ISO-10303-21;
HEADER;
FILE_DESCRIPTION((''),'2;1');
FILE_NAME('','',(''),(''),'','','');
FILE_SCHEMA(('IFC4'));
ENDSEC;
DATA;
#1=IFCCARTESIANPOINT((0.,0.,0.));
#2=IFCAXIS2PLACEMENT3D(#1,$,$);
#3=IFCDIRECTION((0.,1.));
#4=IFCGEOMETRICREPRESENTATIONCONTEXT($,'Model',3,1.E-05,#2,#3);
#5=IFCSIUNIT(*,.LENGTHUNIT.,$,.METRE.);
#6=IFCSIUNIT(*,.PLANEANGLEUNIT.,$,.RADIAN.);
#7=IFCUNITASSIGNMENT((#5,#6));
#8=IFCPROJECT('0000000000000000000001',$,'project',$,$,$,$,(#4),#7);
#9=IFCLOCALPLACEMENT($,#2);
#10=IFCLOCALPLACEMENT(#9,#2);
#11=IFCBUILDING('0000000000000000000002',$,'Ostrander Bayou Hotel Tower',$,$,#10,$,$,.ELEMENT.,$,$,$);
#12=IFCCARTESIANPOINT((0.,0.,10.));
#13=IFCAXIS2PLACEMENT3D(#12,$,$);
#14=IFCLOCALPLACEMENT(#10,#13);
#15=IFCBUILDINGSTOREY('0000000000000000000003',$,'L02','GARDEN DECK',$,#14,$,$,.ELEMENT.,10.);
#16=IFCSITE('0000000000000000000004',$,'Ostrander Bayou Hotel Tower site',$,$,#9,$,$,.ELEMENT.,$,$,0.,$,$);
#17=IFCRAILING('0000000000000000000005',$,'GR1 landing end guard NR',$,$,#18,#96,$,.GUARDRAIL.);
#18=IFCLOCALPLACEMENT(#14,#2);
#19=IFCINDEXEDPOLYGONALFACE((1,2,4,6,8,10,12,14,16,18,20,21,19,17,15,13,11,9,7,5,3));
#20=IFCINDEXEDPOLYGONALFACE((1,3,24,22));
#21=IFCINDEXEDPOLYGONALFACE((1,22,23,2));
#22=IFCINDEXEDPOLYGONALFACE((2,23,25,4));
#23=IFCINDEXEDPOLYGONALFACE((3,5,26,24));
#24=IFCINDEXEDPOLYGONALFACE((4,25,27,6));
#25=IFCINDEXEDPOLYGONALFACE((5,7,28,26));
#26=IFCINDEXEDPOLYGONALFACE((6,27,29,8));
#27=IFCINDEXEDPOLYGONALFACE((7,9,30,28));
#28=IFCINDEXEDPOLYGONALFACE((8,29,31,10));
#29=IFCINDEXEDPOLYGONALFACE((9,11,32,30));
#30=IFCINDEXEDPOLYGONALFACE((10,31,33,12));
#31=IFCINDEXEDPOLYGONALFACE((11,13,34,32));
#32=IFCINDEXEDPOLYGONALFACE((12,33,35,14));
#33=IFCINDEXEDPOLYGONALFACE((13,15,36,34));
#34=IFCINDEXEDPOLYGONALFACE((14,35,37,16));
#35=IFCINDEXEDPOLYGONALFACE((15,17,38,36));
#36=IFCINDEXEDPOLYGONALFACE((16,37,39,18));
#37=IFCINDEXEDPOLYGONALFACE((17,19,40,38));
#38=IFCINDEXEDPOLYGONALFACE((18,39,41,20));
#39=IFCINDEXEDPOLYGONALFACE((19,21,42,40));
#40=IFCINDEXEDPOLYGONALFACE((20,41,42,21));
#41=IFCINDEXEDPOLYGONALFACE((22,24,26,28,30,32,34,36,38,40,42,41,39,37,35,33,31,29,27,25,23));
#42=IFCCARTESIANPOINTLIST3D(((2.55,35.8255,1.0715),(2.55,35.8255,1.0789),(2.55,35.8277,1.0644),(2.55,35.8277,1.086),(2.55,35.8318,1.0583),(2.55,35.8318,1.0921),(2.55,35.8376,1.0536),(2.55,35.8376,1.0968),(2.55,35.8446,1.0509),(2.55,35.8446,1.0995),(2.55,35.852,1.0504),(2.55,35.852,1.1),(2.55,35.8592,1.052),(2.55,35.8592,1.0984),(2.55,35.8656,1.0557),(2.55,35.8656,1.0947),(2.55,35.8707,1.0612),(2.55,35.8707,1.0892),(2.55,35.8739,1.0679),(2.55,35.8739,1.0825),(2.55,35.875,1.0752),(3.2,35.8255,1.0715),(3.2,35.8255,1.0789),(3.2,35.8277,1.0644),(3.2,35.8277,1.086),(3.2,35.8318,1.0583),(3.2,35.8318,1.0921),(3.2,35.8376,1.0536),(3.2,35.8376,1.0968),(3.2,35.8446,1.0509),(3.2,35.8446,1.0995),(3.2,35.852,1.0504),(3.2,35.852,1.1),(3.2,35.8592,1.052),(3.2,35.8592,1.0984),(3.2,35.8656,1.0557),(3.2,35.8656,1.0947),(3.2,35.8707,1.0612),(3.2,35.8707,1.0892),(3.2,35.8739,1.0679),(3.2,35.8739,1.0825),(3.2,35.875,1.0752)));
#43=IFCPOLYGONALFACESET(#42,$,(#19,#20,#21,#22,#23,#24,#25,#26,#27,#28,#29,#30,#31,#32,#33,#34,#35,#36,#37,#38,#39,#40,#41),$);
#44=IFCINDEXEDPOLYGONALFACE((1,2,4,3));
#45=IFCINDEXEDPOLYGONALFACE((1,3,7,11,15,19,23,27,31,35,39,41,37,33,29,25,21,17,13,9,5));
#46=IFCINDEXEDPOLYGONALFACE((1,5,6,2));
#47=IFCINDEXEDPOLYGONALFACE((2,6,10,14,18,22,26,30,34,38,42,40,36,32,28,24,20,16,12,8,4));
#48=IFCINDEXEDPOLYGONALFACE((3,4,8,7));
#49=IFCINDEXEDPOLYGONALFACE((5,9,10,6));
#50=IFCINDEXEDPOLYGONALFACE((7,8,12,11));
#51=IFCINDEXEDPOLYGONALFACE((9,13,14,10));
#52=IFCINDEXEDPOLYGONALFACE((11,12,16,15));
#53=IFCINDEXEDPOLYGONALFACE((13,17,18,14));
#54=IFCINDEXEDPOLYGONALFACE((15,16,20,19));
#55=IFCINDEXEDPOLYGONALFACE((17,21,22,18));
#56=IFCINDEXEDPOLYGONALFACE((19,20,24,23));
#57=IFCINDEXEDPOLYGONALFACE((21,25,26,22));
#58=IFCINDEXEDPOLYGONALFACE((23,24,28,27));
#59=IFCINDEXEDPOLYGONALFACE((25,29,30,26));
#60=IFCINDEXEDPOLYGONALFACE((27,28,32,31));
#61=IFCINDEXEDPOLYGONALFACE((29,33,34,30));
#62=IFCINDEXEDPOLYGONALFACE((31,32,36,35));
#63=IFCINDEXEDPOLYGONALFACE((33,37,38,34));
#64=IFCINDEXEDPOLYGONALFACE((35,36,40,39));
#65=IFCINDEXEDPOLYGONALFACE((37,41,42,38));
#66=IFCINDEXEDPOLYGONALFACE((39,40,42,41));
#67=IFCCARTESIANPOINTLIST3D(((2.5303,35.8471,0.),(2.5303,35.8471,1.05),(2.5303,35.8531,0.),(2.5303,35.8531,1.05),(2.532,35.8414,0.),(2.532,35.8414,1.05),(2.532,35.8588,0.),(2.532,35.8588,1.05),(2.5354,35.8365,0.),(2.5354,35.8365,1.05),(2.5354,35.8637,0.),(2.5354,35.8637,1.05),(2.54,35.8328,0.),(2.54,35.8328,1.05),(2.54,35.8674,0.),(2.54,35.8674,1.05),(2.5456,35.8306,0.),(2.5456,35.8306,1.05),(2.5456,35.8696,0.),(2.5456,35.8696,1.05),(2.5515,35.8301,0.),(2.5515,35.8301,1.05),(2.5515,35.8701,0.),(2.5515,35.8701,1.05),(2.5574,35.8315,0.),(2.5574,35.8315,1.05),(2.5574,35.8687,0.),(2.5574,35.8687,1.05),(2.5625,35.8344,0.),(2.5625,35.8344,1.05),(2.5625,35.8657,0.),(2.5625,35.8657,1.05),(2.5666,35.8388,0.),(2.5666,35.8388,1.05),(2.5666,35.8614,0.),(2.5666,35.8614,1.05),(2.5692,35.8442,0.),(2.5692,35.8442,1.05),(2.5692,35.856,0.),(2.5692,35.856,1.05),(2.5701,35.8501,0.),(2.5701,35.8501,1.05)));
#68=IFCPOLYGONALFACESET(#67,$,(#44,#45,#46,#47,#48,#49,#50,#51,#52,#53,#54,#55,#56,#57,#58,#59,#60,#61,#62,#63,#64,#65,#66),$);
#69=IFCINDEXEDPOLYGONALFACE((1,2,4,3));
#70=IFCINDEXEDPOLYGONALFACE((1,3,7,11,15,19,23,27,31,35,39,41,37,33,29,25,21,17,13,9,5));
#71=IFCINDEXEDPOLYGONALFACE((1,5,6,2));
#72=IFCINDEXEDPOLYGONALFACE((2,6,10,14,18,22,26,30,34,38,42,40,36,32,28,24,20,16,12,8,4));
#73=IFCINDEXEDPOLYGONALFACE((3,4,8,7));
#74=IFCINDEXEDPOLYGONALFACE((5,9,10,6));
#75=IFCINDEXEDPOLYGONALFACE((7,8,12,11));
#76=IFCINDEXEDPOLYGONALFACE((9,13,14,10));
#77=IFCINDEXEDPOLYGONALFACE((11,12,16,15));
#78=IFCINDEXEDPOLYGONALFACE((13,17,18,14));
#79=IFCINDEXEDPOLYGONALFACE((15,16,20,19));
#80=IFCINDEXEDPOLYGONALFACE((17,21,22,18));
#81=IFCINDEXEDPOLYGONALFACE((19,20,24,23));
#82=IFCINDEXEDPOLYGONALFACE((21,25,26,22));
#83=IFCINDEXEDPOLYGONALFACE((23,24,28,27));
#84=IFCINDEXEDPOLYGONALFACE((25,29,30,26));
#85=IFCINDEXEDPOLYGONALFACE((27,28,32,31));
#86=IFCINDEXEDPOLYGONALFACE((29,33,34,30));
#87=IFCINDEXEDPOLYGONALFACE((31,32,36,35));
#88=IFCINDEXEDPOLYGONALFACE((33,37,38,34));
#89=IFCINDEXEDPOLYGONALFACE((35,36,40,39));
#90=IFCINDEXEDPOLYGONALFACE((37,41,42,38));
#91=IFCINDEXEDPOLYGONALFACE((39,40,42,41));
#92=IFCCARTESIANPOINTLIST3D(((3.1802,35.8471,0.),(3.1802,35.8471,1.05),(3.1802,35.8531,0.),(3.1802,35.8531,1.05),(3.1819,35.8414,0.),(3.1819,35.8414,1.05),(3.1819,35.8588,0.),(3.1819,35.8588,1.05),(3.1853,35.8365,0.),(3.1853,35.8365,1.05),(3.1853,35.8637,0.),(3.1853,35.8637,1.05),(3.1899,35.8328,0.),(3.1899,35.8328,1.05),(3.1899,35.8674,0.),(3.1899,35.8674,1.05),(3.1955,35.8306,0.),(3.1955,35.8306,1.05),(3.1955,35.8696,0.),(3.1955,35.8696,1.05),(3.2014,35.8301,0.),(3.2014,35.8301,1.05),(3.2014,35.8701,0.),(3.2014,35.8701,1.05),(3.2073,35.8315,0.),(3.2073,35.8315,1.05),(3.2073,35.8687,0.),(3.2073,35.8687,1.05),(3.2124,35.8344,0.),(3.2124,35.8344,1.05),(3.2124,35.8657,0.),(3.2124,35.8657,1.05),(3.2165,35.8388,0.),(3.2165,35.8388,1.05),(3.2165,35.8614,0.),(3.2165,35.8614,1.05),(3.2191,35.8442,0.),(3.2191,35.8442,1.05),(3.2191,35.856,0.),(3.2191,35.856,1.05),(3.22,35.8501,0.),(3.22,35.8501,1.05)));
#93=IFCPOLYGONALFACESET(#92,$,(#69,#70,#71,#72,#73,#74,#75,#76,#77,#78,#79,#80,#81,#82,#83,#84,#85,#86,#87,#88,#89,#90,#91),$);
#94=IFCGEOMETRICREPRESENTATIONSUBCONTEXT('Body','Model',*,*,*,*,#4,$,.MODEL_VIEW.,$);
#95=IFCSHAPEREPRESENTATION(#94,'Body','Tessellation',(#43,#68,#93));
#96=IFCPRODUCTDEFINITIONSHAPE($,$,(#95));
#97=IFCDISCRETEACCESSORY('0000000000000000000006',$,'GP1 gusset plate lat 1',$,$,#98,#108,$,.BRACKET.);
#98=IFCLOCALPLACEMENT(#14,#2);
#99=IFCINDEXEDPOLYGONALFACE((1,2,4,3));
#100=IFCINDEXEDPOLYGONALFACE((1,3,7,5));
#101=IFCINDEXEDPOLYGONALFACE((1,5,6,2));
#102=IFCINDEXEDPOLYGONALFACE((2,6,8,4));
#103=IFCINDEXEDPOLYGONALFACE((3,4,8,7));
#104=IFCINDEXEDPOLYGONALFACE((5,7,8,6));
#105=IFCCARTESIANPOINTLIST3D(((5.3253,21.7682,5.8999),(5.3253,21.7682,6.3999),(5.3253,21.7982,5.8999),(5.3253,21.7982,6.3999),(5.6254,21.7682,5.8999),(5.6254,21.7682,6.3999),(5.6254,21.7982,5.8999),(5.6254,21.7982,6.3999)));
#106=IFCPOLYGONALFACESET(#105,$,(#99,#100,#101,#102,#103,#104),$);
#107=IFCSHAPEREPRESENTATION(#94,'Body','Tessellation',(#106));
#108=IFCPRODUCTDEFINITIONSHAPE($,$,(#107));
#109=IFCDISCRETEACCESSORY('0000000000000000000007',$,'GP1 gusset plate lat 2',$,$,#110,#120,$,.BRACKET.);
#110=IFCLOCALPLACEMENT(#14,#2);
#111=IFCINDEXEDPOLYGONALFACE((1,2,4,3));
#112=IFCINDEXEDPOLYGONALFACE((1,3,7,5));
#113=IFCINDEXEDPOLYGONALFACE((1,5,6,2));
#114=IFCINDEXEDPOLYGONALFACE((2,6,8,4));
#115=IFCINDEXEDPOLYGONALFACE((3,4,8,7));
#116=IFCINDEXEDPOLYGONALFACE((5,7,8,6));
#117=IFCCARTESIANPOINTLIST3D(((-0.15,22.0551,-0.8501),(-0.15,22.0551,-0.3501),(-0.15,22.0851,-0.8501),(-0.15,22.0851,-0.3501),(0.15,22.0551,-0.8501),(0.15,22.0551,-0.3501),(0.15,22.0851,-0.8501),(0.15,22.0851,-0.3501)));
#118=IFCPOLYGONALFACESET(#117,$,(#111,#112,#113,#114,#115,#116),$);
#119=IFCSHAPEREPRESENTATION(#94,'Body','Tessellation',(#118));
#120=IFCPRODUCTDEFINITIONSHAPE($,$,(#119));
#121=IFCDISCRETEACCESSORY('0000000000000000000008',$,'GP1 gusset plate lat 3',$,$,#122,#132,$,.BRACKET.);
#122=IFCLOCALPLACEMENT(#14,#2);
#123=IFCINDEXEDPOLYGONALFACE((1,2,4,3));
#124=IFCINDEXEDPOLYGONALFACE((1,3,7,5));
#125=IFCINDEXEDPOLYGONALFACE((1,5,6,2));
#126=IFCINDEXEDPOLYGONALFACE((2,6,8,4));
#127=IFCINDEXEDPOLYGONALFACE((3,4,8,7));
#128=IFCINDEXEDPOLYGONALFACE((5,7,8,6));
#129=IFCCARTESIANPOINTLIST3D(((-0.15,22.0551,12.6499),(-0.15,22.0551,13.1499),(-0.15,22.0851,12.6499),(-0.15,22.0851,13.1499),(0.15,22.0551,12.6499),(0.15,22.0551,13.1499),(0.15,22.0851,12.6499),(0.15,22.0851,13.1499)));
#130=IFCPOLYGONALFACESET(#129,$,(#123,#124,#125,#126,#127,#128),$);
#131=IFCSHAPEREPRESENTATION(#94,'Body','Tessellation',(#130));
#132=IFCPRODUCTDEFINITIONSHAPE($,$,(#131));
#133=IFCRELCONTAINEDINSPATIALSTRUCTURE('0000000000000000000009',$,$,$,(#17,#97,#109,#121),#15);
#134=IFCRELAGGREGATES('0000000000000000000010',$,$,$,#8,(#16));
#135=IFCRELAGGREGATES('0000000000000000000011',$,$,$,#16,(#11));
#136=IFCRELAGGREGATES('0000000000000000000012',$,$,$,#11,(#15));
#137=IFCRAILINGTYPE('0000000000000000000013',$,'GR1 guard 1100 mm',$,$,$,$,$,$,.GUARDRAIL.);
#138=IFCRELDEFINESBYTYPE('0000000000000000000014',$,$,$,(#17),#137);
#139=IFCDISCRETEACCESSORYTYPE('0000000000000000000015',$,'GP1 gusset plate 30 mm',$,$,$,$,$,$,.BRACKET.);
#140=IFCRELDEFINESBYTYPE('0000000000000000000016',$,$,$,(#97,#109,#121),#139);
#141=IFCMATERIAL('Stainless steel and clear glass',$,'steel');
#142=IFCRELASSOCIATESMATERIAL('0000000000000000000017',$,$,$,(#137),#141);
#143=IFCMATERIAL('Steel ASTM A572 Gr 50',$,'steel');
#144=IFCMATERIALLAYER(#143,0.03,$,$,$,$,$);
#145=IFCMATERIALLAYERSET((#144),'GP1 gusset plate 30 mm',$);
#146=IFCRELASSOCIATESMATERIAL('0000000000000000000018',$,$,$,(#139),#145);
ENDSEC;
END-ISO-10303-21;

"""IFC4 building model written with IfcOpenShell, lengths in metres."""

from ifc_helpers import new_model, si_unit, direction, frame, origin, origin_2d, place, context, subcontext, project, spatial, rectangle, circle, extrude, material, layer, layer_set, type_object, element, save


model = new_model("IFC4")

# Units and contexts
model_context = context("Model", 3, precision=1e-05, world=origin(), true_north=direction((0.0, 1.0)))
body_context = subcontext(model_context, "Body", "Model", "MODEL_VIEW")
ifc_project = project(units=[si_unit("LENGTHUNIT", "METRE"), si_unit("PLANEANGLEUNIT", "RADIAN")], contexts=[model_context])

# Site, building, storey
site_placement = place(None, origin())
site = spatial("IfcSite", under=ifc_project, at=site_placement, Name="Ostrander Bayou Hotel Tower site", CompositionType="ELEMENT", RefElevation=0.0)
building_placement = place(site_placement, origin())
building = spatial("IfcBuilding", under=site, at=building_placement, Name="Ostrander Bayou Hotel Tower", CompositionType="ELEMENT")
storey_placement = place(building_placement, frame((0.0, 0.0, 10.0)))
storey = spatial("IfcBuildingStorey", under=building, at=storey_placement, Name="L02", Description="GARDEN DECK", CompositionType="ELEMENT", Elevation=10.0)

# Railing
ifc_material_1 = material(Name="Stainless steel and clear glass", Category="steel")
railing_type = type_object("IfcRailingType", Name="GR1 guard 1100 mm", PredefinedType="GUARDRAIL", material=ifc_material_1)
railing_1_placement = place(storey_placement, frame((2.55, 35.8501, 0.0)))
element("IfcRailing", 1, at=railing_1_placement, inside=storey, type_object=railing_type, Name="GR1 landing end guard NR", PredefinedType="GUARDRAIL", context=body_context, shape_type="SweptSolid", body=[
    extrude(circle(Radius=0.0249, at=origin_2d()), frame((0.0, 0.0, 1.0752), z_axis=(1.0, 0.0, 0.0), x_axis=(0.0, 1.0, 0.0)), (0.0, 0.0, 1.0), 0.6499),
    extrude(circle(Radius=0.02, at=origin_2d()), origin(), (0.0, 0.0, 1.0), 1.05),
    extrude(circle(Radius=0.02, at=origin_2d()), frame((0.6499, 0.0, 0.0)), (0.0, 0.0, 1.0), 1.05),
])

# Discrete accessories
ifc_material_2 = material(Name="Steel ASTM A572 Gr 50", Category="steel")
ifc_layer_1 = layer(ifc_material_2, 0.03)
ifc_layer_set_1 = layer_set([ifc_layer_1], Name="GP1 gusset plate 30 mm")
discrete_accessory_type = type_object("IfcDiscreteAccessoryType", Name="GP1 gusset plate 30 mm", PredefinedType="BRACKET", material=ifc_layer_set_1)
for number, where, z_axis, x_axis, name in (
    (2, (5.4753, 21.7832, 5.8999), (0.0, 0.0, 1.0), (-1.0, 0.0, 0.0), "GP1 gusset plate lat 1"),
    (3, (0.0, 22.0701, -0.8501), (0.0, 0.0, 1.0), (-1.0, 0.0, 0.0), "GP1 gusset plate lat 2"),
    (4, (0.0, 22.0701, 12.6499), (0.0, 0.0, 1.0), (-1.0, 0.0, 0.0), "GP1 gusset plate lat 3"),
):
    element("IfcDiscreteAccessory", number, at=place(storey_placement, frame(where, z_axis=z_axis, x_axis=x_axis)), inside=storey, type_object=discrete_accessory_type, Name=name, PredefinedType="BRACKET", context=body_context, shape_type="SweptSolid", body=[
        extrude(rectangle(XDim=0.3, YDim=0.03, at=origin_2d()), origin(), (0.0, 0.0, 1.0), 0.5),
    ])

save(model, "model.ifc")
